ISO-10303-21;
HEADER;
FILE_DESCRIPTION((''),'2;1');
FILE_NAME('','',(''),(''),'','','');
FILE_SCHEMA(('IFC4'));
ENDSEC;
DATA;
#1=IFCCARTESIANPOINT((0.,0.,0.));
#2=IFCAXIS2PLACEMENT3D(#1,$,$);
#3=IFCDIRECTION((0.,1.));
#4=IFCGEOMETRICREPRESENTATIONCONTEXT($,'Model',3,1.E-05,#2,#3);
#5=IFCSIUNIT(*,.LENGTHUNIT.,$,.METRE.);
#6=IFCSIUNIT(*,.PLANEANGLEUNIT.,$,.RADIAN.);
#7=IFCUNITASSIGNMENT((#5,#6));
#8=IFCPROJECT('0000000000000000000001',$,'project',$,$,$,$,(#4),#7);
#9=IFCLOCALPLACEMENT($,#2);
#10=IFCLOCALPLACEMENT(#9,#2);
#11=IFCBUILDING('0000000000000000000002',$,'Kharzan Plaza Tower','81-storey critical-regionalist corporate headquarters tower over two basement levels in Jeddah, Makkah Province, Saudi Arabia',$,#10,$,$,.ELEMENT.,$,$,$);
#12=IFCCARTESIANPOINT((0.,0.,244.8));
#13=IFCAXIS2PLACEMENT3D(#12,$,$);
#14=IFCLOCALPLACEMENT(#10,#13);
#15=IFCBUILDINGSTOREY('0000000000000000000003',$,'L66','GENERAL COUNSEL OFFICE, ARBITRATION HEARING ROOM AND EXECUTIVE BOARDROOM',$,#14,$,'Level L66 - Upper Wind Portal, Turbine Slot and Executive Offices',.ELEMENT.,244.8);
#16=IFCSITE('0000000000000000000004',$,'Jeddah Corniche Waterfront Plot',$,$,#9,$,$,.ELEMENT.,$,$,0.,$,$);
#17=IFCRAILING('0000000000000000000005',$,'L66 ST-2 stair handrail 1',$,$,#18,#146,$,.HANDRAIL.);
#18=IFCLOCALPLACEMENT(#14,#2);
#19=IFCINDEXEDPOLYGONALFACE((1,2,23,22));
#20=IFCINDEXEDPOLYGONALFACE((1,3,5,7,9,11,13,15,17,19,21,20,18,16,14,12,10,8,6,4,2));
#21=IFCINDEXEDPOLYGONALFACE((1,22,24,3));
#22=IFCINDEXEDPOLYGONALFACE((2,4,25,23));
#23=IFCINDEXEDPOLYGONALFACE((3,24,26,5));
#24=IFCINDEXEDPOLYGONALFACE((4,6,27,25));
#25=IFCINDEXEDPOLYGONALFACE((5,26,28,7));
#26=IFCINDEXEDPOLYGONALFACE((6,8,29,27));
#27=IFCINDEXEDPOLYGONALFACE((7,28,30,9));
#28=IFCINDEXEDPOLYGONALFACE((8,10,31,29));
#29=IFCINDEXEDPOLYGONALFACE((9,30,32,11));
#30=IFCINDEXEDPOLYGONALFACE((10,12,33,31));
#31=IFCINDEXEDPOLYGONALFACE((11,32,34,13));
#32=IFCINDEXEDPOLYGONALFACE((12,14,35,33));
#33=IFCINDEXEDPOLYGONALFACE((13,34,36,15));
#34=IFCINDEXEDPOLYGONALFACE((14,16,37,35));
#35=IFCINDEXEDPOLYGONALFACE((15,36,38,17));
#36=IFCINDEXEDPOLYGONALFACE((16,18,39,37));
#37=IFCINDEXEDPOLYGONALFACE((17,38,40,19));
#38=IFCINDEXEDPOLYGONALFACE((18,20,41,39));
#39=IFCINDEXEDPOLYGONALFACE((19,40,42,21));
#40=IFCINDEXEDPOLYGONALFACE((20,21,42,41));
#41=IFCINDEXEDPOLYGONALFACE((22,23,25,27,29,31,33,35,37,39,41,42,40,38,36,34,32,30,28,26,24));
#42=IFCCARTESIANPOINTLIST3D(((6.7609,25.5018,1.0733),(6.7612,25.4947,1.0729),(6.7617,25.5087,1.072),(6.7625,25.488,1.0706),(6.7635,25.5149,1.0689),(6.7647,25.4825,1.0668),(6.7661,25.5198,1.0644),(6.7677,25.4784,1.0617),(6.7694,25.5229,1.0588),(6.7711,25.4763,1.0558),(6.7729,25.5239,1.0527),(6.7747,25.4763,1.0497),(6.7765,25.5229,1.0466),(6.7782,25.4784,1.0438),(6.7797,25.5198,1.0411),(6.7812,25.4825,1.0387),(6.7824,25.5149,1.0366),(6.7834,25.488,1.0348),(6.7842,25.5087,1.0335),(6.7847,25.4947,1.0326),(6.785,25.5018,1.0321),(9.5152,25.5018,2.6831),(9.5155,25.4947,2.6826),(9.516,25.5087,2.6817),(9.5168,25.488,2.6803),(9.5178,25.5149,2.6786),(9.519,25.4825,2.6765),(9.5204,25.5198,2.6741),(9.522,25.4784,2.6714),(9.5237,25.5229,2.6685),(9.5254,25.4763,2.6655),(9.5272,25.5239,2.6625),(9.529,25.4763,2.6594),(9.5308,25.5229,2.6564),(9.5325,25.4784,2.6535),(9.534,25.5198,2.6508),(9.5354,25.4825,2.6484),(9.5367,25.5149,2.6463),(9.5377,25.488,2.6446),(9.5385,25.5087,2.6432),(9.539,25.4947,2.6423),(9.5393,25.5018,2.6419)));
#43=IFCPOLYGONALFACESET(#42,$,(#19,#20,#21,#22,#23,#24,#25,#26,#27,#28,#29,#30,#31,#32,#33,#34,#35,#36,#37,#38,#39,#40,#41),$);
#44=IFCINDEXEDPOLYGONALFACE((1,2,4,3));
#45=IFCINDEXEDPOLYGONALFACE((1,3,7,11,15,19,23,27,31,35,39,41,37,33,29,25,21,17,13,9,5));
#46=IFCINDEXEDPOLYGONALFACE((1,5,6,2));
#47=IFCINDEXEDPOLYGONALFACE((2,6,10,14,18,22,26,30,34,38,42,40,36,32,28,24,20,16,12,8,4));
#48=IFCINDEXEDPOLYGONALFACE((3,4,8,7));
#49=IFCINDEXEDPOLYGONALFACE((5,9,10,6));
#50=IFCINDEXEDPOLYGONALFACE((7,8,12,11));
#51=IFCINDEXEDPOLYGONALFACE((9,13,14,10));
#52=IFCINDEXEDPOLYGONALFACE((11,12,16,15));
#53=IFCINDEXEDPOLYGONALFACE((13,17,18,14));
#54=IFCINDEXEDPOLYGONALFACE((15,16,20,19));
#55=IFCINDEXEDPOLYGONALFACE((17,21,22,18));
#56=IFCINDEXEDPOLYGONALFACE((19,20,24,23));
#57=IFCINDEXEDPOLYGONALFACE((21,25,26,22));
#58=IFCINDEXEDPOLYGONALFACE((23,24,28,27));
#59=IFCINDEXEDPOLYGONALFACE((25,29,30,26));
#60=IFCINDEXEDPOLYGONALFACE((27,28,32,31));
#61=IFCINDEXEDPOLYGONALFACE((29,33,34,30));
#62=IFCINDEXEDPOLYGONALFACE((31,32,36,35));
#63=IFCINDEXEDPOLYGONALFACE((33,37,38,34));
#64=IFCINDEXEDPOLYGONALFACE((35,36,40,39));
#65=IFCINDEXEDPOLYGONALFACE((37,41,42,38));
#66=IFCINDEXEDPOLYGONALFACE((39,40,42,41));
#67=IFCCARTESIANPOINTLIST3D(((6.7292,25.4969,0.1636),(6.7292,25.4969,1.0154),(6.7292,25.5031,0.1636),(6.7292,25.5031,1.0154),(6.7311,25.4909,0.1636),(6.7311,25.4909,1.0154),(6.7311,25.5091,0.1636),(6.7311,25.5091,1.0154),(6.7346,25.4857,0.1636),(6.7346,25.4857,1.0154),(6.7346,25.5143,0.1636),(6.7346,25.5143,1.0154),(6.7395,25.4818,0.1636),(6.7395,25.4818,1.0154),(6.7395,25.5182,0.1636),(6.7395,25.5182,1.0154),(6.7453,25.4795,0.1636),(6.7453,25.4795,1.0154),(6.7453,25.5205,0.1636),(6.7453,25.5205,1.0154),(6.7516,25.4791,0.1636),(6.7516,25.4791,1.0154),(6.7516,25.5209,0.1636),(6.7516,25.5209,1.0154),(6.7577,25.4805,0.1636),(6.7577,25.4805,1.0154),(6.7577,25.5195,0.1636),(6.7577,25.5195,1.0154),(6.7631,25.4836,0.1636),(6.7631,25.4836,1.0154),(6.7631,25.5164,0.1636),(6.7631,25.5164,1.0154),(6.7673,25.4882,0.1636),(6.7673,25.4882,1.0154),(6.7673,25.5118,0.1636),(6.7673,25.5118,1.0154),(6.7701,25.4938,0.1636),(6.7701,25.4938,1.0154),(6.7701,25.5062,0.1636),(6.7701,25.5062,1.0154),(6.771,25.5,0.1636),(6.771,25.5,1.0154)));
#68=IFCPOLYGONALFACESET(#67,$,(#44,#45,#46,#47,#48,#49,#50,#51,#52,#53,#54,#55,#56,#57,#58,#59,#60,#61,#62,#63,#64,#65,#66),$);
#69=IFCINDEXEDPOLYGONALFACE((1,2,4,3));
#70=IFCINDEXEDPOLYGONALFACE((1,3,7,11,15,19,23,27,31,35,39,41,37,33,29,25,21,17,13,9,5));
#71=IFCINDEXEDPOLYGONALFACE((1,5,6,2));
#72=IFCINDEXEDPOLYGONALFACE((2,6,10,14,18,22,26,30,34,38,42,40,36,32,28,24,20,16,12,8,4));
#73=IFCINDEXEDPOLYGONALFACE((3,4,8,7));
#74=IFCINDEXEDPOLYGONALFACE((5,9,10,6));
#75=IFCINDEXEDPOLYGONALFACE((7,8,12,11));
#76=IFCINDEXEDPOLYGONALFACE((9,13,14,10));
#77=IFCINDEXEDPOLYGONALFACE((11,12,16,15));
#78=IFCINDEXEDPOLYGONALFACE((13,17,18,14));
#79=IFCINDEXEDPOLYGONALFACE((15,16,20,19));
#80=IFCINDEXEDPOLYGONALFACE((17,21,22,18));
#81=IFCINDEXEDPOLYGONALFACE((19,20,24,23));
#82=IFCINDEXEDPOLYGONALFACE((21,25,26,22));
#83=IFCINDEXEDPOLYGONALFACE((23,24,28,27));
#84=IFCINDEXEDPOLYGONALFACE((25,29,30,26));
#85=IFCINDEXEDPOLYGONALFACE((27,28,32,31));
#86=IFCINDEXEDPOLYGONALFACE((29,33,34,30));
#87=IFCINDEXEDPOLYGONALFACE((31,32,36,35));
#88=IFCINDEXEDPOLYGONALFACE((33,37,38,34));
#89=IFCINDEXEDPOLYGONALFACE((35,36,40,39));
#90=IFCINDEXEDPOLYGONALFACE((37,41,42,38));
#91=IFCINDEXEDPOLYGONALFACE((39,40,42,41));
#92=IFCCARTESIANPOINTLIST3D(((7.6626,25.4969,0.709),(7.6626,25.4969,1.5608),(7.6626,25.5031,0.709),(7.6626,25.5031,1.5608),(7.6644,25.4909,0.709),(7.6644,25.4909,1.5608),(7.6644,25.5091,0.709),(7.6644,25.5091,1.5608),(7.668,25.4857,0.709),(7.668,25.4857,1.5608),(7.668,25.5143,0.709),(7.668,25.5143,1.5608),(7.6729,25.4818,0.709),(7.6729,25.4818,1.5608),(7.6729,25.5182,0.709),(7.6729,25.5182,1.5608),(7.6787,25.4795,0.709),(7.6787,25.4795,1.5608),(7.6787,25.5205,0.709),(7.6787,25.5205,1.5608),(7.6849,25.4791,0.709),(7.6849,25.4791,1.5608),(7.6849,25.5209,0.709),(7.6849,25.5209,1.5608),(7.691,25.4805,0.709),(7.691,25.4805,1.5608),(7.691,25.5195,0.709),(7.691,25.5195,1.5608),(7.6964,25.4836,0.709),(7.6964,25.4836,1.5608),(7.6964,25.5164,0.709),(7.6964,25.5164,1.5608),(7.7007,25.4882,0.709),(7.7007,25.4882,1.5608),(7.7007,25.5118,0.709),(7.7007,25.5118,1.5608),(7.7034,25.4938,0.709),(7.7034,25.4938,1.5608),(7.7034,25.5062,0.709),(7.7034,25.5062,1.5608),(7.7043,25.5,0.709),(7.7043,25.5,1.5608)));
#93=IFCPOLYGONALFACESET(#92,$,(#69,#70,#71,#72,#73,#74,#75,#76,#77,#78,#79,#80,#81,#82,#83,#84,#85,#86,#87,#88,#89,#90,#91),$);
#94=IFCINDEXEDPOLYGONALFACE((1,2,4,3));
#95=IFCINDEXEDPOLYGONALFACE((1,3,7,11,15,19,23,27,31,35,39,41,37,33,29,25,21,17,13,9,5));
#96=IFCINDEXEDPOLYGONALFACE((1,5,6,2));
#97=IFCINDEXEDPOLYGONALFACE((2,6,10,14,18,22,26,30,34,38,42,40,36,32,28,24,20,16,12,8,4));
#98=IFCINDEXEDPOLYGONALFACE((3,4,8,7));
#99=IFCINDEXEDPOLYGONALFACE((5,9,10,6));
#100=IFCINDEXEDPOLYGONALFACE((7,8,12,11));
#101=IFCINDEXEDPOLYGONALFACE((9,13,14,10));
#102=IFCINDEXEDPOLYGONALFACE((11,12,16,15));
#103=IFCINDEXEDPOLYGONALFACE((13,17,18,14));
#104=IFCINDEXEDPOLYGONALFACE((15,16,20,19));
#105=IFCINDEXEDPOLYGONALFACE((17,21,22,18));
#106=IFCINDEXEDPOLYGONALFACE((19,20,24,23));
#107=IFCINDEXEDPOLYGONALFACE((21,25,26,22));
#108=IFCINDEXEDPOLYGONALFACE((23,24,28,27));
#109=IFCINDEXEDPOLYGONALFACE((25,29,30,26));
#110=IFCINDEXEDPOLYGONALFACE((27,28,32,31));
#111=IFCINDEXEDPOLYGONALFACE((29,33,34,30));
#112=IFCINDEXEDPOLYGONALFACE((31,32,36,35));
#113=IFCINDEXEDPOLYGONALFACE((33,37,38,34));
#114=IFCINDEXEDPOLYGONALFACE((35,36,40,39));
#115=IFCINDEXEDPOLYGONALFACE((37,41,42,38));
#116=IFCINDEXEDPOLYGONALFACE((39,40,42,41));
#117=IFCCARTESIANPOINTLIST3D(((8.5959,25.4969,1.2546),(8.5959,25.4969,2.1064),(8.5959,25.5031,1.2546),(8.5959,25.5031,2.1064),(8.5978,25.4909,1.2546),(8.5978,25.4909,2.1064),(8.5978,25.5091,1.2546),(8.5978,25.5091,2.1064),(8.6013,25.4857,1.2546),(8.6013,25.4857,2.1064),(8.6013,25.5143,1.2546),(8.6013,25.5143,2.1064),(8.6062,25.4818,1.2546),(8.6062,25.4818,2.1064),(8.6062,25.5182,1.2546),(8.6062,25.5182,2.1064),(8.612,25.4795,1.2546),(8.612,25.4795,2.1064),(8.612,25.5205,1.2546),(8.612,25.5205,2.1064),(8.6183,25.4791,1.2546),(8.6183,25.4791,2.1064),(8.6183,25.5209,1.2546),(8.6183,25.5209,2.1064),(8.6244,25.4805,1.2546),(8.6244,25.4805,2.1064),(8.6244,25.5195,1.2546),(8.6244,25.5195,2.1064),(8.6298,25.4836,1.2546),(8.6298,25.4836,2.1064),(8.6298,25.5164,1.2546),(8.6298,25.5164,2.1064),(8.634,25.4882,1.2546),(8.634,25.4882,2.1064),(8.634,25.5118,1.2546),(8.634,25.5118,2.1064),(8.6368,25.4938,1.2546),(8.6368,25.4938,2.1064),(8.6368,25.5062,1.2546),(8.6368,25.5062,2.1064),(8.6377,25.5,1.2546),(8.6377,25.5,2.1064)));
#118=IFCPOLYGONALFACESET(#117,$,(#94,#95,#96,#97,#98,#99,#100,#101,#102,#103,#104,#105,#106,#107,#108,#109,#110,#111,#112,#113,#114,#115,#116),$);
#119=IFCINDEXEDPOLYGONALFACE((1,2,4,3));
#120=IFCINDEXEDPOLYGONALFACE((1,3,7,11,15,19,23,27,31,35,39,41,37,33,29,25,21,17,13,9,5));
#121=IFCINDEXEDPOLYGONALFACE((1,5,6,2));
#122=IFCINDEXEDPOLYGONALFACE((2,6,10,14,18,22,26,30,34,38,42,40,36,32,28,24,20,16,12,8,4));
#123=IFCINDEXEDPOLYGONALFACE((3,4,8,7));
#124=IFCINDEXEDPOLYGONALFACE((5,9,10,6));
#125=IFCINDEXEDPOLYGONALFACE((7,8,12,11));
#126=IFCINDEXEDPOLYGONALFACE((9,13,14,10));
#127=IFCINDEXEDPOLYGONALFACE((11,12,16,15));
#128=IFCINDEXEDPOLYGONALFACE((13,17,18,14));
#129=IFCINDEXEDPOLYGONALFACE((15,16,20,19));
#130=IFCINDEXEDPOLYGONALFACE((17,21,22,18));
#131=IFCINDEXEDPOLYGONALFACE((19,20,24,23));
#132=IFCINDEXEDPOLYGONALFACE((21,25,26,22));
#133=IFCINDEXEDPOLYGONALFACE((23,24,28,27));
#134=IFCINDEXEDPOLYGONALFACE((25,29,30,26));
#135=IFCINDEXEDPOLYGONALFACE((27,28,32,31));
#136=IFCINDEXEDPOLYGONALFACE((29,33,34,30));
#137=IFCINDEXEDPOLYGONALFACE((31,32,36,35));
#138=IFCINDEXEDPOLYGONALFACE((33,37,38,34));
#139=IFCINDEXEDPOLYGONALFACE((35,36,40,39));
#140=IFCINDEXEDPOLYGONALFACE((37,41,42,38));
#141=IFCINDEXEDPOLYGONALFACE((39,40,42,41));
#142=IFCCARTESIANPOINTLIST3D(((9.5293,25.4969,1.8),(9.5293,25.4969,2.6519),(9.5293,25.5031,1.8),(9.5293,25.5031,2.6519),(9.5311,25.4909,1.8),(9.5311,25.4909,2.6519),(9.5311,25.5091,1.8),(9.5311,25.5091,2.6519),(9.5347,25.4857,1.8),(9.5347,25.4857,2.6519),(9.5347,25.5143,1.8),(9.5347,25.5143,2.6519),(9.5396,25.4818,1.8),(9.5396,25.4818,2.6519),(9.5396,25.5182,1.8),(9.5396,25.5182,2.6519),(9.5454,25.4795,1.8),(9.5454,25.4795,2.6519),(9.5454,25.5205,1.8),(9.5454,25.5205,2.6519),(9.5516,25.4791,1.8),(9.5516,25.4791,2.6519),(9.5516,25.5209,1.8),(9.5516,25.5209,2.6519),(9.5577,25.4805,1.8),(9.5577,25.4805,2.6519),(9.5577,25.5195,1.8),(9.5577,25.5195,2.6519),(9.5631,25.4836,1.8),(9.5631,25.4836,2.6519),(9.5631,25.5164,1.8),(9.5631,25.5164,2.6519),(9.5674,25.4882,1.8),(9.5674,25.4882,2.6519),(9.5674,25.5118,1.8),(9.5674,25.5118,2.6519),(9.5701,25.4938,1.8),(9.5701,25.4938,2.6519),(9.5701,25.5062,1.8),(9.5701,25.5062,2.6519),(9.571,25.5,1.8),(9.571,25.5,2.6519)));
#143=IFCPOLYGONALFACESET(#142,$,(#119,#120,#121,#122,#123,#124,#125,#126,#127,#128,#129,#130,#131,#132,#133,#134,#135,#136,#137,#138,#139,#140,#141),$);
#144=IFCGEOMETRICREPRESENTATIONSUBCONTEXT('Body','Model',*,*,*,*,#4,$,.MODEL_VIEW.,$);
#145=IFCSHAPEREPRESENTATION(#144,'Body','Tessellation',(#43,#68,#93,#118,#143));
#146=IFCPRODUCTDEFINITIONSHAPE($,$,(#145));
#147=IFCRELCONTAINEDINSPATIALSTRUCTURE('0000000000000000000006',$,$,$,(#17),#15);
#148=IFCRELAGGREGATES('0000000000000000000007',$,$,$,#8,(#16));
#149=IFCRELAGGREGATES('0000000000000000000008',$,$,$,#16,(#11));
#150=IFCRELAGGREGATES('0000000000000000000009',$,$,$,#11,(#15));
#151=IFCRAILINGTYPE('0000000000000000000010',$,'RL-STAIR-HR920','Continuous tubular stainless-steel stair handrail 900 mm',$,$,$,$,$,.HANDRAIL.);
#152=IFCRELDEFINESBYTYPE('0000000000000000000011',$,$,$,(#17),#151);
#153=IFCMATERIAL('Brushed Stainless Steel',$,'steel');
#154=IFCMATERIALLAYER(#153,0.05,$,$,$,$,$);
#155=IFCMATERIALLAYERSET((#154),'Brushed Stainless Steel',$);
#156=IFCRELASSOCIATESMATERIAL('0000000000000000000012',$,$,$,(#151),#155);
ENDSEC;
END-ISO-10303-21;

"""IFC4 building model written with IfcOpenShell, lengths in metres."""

from ifc_helpers import new_model, si_unit, direction, frame, origin, origin_2d, place, context, subcontext, project, spatial, circle, extrude, source, transform, mapped, material, layer, layer_set, type_object, element, save


model = new_model("IFC4")

# Units and contexts
model_context = context("Model", 3, precision=1e-05, world=origin(), true_north=direction((0.0, 1.0)))
body_context = subcontext(model_context, "Body", "Model", "MODEL_VIEW")
ifc_project = project(units=[si_unit("LENGTHUNIT", "METRE"), si_unit("PLANEANGLEUNIT", "RADIAN")], contexts=[model_context])

# Site, building, storey
site_placement = place(None, origin())
site = spatial("IfcSite", under=ifc_project, at=site_placement, Name="Jeddah Corniche Waterfront Plot", CompositionType="ELEMENT", RefElevation=0.0)
building_placement = place(site_placement, origin())
building = spatial("IfcBuilding", under=site, at=building_placement, Name="Kharzan Plaza Tower", Description="81-storey critical-regionalist corporate headquarters tower over two basement levels in Jeddah, Makkah Province, Saudi Arabia", CompositionType="ELEMENT")
storey_placement = place(building_placement, frame((0.0, 0.0, 244.8)))
storey = spatial("IfcBuildingStorey", under=building, at=storey_placement, Name="L66", Description="GENERAL COUNSEL OFFICE, ARBITRATION HEARING ROOM AND EXECUTIVE BOARDROOM", LongName="Level L66 - Upper Wind Portal, Turbine Slot and Executive Offices", CompositionType="ELEMENT", Elevation=244.8)

# Railing
ifc_material_1 = material(Name="Brushed Stainless Steel", Category="steel")
ifc_layer_1 = layer(ifc_material_1, 0.05)
ifc_layer_set_1 = layer_set([ifc_layer_1], Name="Brushed Stainless Steel")
railing_type_1 = type_object("IfcRailingType", Name="RL-STAIR-HR920", Description="Continuous tubular stainless-steel stair handrail 900 mm", PredefinedType="HANDRAIL", material=ifc_layer_set_1)
shared_shape_1 = source(origin(), body_context, "Body", "SweptSolid", [
    extrude(circle(Radius=0.0239, at=origin_2d()), frame((0.0229, 0.0, 0.8892), z_axis=(0.863361, 0.0, 0.504587), x_axis=(0.0, 1.0, 0.0)), (0.0, 0.0, 1.0), 3.1902),
    extrude(circle(Radius=0.021, at=origin_2d()), origin(), (0.0, 0.0, 1.0), 0.8518),
    extrude(circle(Radius=0.021, at=origin_2d()), frame((0.9333, 0.0, 0.5454)), (0.0, 0.0, 1.0), 0.8518),
    extrude(circle(Radius=0.021, at=origin_2d()), frame((1.8667, 0.0, 1.0911)), (0.0, 0.0, 1.0), 0.8518),
    extrude(circle(Radius=0.021, at=origin_2d()), frame((2.8, 0.0, 1.6365)), (0.0, 0.0, 1.0), 0.8518),
])
railing_1_placement = place(storey_placement, frame((6.75, 25.5, 0.1636)))
element("IfcRailing", 1, at=railing_1_placement, inside=storey, type_object=railing_type_1, Name="L66 ST-2 stair handrail 1", PredefinedType="HANDRAIL", context=body_context, shape_type="MappedRepresentation", body=[
    mapped(shared_shape_1, transform((0.0, 0.0, 0.0), x_axis=(1.0, 0.0, 0.0), y_axis=(0.0, 1.0, 0.0), z_axis=(0.0, 0.0, 1.0))),
])

save(model, "model.ifc")
